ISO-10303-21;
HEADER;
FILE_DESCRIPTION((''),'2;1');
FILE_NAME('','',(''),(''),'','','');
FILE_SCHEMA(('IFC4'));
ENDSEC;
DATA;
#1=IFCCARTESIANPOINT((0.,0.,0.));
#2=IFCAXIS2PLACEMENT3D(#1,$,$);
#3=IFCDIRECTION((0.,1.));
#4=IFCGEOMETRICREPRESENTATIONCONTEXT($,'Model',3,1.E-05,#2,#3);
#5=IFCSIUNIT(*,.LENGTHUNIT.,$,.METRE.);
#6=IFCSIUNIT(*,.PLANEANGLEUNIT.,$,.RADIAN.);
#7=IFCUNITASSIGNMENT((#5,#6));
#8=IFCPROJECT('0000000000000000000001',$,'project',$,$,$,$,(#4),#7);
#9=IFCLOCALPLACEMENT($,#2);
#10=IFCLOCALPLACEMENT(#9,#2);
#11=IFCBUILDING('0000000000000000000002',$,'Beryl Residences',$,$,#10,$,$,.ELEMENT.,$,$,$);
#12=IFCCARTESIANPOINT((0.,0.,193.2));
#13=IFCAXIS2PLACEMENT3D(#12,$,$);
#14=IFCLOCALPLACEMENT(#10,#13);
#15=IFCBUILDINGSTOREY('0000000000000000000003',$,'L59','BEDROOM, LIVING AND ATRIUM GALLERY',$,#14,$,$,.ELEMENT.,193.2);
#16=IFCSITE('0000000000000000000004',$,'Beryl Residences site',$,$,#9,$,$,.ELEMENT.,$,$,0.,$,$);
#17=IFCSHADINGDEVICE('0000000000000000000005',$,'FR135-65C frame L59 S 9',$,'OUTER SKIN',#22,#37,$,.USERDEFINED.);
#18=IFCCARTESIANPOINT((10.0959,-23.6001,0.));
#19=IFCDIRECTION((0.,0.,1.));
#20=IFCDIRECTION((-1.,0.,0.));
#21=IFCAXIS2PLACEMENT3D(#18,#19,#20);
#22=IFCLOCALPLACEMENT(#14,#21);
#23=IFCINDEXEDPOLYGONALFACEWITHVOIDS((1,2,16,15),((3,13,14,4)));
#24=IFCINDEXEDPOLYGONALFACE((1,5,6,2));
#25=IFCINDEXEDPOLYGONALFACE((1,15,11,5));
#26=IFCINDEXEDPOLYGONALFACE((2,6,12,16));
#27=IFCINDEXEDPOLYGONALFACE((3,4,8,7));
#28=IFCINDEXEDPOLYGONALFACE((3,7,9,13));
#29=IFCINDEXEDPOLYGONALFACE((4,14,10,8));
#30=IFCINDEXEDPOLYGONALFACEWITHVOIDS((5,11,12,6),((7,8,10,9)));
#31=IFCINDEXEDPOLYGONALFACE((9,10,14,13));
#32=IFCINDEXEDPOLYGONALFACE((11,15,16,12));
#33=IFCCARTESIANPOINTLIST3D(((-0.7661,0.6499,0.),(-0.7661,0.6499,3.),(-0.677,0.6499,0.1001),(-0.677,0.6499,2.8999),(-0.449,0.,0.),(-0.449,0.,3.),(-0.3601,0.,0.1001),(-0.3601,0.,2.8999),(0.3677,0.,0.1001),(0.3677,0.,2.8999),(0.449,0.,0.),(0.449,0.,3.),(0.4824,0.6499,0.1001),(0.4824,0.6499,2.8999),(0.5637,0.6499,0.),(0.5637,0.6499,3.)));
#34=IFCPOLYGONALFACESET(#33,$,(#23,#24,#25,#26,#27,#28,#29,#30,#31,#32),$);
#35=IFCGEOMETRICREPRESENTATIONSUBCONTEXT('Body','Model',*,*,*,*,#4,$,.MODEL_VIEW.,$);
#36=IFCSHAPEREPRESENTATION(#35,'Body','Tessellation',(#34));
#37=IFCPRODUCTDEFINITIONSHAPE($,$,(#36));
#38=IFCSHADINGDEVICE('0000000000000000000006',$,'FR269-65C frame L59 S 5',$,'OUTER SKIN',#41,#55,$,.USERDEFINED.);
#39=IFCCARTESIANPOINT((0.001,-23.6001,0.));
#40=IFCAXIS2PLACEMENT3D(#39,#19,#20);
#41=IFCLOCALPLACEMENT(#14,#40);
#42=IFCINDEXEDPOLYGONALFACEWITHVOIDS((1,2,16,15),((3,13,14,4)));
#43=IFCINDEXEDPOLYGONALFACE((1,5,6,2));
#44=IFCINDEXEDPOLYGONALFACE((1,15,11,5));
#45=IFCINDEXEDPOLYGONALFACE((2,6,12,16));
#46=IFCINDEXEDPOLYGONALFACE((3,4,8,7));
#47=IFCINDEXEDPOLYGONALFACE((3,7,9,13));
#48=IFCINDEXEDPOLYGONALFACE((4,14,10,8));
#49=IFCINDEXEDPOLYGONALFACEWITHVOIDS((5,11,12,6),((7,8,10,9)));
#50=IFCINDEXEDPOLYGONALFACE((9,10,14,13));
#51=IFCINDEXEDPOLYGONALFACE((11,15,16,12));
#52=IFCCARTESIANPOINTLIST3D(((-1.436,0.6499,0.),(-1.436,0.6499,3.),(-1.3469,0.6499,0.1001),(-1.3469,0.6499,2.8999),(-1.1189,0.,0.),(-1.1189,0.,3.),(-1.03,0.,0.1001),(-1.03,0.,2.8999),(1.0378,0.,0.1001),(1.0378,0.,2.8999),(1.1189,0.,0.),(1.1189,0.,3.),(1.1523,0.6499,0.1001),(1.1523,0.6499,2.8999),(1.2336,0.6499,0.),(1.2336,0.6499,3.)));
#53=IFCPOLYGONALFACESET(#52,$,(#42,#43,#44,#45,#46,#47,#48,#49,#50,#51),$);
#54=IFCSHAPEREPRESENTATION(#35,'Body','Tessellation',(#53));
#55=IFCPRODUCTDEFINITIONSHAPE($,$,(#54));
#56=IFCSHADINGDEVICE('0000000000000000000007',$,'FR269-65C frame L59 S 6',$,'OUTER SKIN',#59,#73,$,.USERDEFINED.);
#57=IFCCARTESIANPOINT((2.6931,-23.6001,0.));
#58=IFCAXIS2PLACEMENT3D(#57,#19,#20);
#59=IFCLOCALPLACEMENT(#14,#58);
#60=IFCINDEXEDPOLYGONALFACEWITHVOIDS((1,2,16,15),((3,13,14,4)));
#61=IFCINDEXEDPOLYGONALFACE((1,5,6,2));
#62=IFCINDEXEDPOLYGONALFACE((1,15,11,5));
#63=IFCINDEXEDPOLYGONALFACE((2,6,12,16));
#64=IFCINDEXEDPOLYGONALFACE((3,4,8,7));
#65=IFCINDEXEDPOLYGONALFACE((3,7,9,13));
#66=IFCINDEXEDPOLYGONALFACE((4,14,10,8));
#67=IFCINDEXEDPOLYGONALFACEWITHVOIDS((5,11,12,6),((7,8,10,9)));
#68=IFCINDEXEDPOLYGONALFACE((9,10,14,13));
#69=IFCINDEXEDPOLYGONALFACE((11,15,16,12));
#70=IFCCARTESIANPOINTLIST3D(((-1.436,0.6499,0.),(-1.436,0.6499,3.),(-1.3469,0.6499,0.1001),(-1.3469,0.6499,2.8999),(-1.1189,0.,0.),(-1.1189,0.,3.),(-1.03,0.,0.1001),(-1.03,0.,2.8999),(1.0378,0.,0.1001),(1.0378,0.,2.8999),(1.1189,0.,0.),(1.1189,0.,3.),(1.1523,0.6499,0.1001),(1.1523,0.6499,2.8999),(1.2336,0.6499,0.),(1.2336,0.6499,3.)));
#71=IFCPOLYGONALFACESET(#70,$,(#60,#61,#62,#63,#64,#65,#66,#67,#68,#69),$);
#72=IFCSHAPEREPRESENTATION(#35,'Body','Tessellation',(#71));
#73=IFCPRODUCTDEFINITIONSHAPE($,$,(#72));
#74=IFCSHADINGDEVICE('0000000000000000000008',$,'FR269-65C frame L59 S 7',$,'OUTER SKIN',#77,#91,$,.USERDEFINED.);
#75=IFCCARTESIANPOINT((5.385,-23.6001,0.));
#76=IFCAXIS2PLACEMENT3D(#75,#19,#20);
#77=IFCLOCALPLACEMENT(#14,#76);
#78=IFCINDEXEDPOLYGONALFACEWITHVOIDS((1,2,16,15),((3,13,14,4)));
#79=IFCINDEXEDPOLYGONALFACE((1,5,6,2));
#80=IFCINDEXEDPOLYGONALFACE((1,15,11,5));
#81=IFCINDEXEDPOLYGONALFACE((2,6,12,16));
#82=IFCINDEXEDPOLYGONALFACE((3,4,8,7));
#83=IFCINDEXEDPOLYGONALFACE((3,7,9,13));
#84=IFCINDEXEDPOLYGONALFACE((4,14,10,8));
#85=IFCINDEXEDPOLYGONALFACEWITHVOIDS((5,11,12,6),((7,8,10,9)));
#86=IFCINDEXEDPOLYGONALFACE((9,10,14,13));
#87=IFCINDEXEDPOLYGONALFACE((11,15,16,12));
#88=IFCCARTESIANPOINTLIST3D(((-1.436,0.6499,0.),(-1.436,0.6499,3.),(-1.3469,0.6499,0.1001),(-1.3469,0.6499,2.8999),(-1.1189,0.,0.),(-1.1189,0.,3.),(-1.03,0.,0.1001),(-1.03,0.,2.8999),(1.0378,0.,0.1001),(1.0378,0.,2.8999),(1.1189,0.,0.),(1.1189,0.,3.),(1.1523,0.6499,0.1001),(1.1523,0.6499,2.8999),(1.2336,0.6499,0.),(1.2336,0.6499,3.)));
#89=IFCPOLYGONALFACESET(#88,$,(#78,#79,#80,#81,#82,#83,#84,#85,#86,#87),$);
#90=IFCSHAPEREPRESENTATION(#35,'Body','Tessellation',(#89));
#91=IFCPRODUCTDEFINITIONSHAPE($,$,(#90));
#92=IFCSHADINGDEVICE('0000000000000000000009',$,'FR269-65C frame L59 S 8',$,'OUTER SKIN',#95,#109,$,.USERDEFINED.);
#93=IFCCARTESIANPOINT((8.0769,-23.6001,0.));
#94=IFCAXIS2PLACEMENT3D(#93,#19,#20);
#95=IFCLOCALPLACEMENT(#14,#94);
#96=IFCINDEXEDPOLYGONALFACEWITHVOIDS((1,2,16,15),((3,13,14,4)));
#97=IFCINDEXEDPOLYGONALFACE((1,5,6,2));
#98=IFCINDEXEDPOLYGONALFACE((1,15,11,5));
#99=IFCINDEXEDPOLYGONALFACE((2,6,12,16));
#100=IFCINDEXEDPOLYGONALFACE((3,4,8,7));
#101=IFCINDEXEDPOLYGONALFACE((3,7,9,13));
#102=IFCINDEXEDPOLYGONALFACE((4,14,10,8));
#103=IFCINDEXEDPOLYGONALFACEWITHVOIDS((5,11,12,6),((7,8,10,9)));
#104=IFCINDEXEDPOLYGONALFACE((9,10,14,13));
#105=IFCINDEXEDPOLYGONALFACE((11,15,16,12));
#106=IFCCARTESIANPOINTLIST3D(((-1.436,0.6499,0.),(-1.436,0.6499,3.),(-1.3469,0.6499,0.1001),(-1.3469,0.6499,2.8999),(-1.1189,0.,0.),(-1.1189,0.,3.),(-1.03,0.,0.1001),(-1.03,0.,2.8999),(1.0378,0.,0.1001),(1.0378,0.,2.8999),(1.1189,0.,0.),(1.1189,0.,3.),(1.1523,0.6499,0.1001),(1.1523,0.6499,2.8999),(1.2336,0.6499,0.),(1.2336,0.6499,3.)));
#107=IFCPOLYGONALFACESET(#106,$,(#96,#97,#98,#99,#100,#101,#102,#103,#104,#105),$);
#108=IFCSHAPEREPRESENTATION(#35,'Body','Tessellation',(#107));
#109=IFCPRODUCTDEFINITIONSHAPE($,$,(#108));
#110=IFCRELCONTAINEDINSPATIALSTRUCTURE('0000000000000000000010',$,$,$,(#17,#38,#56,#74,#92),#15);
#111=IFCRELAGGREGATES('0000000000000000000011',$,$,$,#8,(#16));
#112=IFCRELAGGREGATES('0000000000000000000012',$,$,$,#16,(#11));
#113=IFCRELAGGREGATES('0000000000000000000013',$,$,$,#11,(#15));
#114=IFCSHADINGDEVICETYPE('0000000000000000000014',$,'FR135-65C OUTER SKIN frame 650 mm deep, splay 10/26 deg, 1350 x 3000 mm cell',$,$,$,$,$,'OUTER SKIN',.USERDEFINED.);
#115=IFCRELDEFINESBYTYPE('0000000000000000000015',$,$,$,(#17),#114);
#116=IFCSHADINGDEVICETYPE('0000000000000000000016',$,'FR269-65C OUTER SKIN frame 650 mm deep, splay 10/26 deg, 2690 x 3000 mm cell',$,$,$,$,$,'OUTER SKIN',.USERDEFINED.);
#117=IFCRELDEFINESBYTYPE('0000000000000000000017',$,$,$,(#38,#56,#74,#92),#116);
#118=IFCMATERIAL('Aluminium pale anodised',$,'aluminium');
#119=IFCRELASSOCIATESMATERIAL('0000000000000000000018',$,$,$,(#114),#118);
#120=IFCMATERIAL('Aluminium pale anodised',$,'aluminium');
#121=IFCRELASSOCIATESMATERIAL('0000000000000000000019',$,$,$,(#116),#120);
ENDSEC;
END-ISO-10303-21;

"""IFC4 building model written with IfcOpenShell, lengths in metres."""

from ifc_helpers import new_model, entity, si_unit, direction, frame, origin, place, context, subcontext, project, spatial, source, transform, mapped, material, type_object, type_shapes, element, save


model = new_model("IFC4")

# Units and contexts
model_context = context("Model", 3, precision=1e-05, world=origin(), true_north=direction((0.0, 1.0)))
body_context = subcontext(model_context, "Body", "Model", "MODEL_VIEW")
ifc_project = project(units=[si_unit("LENGTHUNIT", "METRE"), si_unit("PLANEANGLEUNIT", "RADIAN")], contexts=[model_context])

# Site, building, storey
site_placement = place(None, origin())
site = spatial("IfcSite", under=ifc_project, at=site_placement, Name="Beryl Residences site", CompositionType="ELEMENT", RefElevation=0.0)
building_placement = place(site_placement, origin())
building = spatial("IfcBuilding", under=site, at=building_placement, Name="Beryl Residences", CompositionType="ELEMENT")
storey_placement = place(building_placement, frame((0.0, 0.0, 193.2)))
storey = spatial("IfcBuildingStorey", under=building, at=storey_placement, Name="L59", Description="BEDROOM, LIVING AND ATRIUM GALLERY", CompositionType="ELEMENT", Elevation=193.2)

# Shading devices
ifc_material_1 = material(Name="Aluminium pale anodised", Category="aluminium")
shading_device_type_1 = type_object("IfcShadingDeviceType", Name="FR135-65C OUTER SKIN frame 650 mm deep, splay 10/26 deg, 1350 x 3000 mm cell", ElementType="OUTER SKIN", PredefinedType="USERDEFINED", material=ifc_material_1)
cartesian_point_1 = entity("IfcCartesianPoint", [-0.449, 0.0])
cartesian_point_2 = entity("IfcCartesianPoint", [-0.3677, 0.1001])
cartesian_point_3 = entity("IfcCartesianPoint", [-0.5637, 0.0])
cartesian_point_4 = entity("IfcCartesianPoint", [-0.4824, 0.1001])
shared_shape_1 = source(origin(), body_context, "Body", "SweptSolid", [
    entity("IfcExtrudedAreaSolidTapered", entity("IfcArbitraryProfileDefWithVoids", "AREA", None, entity("IfcPolyline", [cartesian_point_1, entity("IfcCartesianPoint", [0.449, 0.0]), entity("IfcCartesianPoint", [0.449, 3.0]), entity("IfcCartesianPoint", [-0.449, 3.0]), cartesian_point_1]), [entity("IfcPolyline", [cartesian_point_2, entity("IfcCartesianPoint", [0.3601, 0.1001]), entity("IfcCartesianPoint", [0.3601, 2.8999]), entity("IfcCartesianPoint", [-0.3677, 2.8999]), cartesian_point_2])]), entity("IfcAxis2Placement3D", entity("IfcCartesianPoint", [0.0, 0.0, 0.0]), entity("IfcDirection", [0.0, 1.0, 0.0]), entity("IfcDirection", [-1.0, 0.0, 0.0])), entity("IfcDirection", [0.0, 0.0, 1.0]), 0.6499, entity("IfcArbitraryProfileDefWithVoids", "AREA", None, entity("IfcPolyline", [cartesian_point_3, entity("IfcCartesianPoint", [0.7661, 0.0]), entity("IfcCartesianPoint", [0.7661, 3.0]), entity("IfcCartesianPoint", [-0.5637, 3.0]), cartesian_point_3]), [entity("IfcPolyline", [cartesian_point_4, entity("IfcCartesianPoint", [0.677, 0.1001]), entity("IfcCartesianPoint", [0.677, 2.8999]), entity("IfcCartesianPoint", [-0.4824, 2.8999]), cartesian_point_4])])),
])
type_shapes(shading_device_type_1, [shared_shape_1])
shading_device_placement = place(storey_placement, frame((10.0959, -23.6001, 0.0), z_axis=(0.0, 0.0, 1.0), x_axis=(-1.0, 0.0, 0.0)))
element("IfcShadingDevice", 1, at=shading_device_placement, inside=storey, type_object=shading_device_type_1, Name="FR135-65C frame L59 S 9", ObjectType="OUTER SKIN", PredefinedType="USERDEFINED", context=body_context, shape_type="MappedRepresentation", body=[
    mapped(shared_shape_1, transform((0.0, 0.0, 0.0))),
])
ifc_material_2 = material(Name="Aluminium pale anodised", Category="aluminium")
shading_device_type_2 = type_object("IfcShadingDeviceType", Name="FR269-65C OUTER SKIN frame 650 mm deep, splay 10/26 deg, 2690 x 3000 mm cell", ElementType="OUTER SKIN", PredefinedType="USERDEFINED", material=ifc_material_2)
cartesian_point_5 = entity("IfcCartesianPoint", [-1.1189, 0.0])
cartesian_point_6 = entity("IfcCartesianPoint", [-1.0378, 0.1001])
cartesian_point_7 = entity("IfcCartesianPoint", [-1.2336, 0.0])
cartesian_point_8 = entity("IfcCartesianPoint", [-1.1523, 0.1001])
shared_shape_2 = source(origin(), body_context, "Body", "SweptSolid", [
    entity("IfcExtrudedAreaSolidTapered", entity("IfcArbitraryProfileDefWithVoids", "AREA", None, entity("IfcPolyline", [cartesian_point_5, entity("IfcCartesianPoint", [1.1189, 0.0]), entity("IfcCartesianPoint", [1.1189, 3.0]), entity("IfcCartesianPoint", [-1.1189, 3.0]), cartesian_point_5]), [entity("IfcPolyline", [cartesian_point_6, entity("IfcCartesianPoint", [1.03, 0.1001]), entity("IfcCartesianPoint", [1.03, 2.8999]), entity("IfcCartesianPoint", [-1.0378, 2.8999]), cartesian_point_6])]), entity("IfcAxis2Placement3D", entity("IfcCartesianPoint", [0.0, 0.0, 0.0]), entity("IfcDirection", [0.0, 1.0, 0.0]), entity("IfcDirection", [-1.0, 0.0, 0.0])), entity("IfcDirection", [0.0, 0.0, 1.0]), 0.6499, entity("IfcArbitraryProfileDefWithVoids", "AREA", None, entity("IfcPolyline", [cartesian_point_7, entity("IfcCartesianPoint", [1.436, 0.0]), entity("IfcCartesianPoint", [1.436, 3.0]), entity("IfcCartesianPoint", [-1.2336, 3.0]), cartesian_point_7]), [entity("IfcPolyline", [cartesian_point_8, entity("IfcCartesianPoint", [1.3469, 0.1001]), entity("IfcCartesianPoint", [1.3469, 2.8999]), entity("IfcCartesianPoint", [-1.1523, 2.8999]), cartesian_point_8])])),
])
type_shapes(shading_device_type_2, [shared_shape_2])
for number, where, z_axis, x_axis, name in (
    (2, (0.001, -23.6001, 0.0), (0.0, 0.0, 1.0), (-1.0, 0.0, 0.0), "FR269-65C frame L59 S 5"),
    (3, (2.6931, -23.6001, 0.0), (0.0, 0.0, 1.0), (-1.0, 0.0, 0.0), "FR269-65C frame L59 S 6"),
    (4, (5.385, -23.6001, 0.0), (0.0, 0.0, 1.0), (-1.0, 0.0, 0.0), "FR269-65C frame L59 S 7"),
    (5, (8.0769, -23.6001, 0.0), (0.0, 0.0, 1.0), (-1.0, 0.0, 0.0), "FR269-65C frame L59 S 8"),
):
    element("IfcShadingDevice", number, at=place(storey_placement, frame(where, z_axis=z_axis, x_axis=x_axis)), inside=storey, type_object=shading_device_type_2, Name=name, ObjectType="OUTER SKIN", PredefinedType="USERDEFINED", context=body_context, shape_type="MappedRepresentation", body=[
        mapped(shared_shape_2, transform((0.0, 0.0, 0.0))),
    ])

save(model, "model.ifc")
